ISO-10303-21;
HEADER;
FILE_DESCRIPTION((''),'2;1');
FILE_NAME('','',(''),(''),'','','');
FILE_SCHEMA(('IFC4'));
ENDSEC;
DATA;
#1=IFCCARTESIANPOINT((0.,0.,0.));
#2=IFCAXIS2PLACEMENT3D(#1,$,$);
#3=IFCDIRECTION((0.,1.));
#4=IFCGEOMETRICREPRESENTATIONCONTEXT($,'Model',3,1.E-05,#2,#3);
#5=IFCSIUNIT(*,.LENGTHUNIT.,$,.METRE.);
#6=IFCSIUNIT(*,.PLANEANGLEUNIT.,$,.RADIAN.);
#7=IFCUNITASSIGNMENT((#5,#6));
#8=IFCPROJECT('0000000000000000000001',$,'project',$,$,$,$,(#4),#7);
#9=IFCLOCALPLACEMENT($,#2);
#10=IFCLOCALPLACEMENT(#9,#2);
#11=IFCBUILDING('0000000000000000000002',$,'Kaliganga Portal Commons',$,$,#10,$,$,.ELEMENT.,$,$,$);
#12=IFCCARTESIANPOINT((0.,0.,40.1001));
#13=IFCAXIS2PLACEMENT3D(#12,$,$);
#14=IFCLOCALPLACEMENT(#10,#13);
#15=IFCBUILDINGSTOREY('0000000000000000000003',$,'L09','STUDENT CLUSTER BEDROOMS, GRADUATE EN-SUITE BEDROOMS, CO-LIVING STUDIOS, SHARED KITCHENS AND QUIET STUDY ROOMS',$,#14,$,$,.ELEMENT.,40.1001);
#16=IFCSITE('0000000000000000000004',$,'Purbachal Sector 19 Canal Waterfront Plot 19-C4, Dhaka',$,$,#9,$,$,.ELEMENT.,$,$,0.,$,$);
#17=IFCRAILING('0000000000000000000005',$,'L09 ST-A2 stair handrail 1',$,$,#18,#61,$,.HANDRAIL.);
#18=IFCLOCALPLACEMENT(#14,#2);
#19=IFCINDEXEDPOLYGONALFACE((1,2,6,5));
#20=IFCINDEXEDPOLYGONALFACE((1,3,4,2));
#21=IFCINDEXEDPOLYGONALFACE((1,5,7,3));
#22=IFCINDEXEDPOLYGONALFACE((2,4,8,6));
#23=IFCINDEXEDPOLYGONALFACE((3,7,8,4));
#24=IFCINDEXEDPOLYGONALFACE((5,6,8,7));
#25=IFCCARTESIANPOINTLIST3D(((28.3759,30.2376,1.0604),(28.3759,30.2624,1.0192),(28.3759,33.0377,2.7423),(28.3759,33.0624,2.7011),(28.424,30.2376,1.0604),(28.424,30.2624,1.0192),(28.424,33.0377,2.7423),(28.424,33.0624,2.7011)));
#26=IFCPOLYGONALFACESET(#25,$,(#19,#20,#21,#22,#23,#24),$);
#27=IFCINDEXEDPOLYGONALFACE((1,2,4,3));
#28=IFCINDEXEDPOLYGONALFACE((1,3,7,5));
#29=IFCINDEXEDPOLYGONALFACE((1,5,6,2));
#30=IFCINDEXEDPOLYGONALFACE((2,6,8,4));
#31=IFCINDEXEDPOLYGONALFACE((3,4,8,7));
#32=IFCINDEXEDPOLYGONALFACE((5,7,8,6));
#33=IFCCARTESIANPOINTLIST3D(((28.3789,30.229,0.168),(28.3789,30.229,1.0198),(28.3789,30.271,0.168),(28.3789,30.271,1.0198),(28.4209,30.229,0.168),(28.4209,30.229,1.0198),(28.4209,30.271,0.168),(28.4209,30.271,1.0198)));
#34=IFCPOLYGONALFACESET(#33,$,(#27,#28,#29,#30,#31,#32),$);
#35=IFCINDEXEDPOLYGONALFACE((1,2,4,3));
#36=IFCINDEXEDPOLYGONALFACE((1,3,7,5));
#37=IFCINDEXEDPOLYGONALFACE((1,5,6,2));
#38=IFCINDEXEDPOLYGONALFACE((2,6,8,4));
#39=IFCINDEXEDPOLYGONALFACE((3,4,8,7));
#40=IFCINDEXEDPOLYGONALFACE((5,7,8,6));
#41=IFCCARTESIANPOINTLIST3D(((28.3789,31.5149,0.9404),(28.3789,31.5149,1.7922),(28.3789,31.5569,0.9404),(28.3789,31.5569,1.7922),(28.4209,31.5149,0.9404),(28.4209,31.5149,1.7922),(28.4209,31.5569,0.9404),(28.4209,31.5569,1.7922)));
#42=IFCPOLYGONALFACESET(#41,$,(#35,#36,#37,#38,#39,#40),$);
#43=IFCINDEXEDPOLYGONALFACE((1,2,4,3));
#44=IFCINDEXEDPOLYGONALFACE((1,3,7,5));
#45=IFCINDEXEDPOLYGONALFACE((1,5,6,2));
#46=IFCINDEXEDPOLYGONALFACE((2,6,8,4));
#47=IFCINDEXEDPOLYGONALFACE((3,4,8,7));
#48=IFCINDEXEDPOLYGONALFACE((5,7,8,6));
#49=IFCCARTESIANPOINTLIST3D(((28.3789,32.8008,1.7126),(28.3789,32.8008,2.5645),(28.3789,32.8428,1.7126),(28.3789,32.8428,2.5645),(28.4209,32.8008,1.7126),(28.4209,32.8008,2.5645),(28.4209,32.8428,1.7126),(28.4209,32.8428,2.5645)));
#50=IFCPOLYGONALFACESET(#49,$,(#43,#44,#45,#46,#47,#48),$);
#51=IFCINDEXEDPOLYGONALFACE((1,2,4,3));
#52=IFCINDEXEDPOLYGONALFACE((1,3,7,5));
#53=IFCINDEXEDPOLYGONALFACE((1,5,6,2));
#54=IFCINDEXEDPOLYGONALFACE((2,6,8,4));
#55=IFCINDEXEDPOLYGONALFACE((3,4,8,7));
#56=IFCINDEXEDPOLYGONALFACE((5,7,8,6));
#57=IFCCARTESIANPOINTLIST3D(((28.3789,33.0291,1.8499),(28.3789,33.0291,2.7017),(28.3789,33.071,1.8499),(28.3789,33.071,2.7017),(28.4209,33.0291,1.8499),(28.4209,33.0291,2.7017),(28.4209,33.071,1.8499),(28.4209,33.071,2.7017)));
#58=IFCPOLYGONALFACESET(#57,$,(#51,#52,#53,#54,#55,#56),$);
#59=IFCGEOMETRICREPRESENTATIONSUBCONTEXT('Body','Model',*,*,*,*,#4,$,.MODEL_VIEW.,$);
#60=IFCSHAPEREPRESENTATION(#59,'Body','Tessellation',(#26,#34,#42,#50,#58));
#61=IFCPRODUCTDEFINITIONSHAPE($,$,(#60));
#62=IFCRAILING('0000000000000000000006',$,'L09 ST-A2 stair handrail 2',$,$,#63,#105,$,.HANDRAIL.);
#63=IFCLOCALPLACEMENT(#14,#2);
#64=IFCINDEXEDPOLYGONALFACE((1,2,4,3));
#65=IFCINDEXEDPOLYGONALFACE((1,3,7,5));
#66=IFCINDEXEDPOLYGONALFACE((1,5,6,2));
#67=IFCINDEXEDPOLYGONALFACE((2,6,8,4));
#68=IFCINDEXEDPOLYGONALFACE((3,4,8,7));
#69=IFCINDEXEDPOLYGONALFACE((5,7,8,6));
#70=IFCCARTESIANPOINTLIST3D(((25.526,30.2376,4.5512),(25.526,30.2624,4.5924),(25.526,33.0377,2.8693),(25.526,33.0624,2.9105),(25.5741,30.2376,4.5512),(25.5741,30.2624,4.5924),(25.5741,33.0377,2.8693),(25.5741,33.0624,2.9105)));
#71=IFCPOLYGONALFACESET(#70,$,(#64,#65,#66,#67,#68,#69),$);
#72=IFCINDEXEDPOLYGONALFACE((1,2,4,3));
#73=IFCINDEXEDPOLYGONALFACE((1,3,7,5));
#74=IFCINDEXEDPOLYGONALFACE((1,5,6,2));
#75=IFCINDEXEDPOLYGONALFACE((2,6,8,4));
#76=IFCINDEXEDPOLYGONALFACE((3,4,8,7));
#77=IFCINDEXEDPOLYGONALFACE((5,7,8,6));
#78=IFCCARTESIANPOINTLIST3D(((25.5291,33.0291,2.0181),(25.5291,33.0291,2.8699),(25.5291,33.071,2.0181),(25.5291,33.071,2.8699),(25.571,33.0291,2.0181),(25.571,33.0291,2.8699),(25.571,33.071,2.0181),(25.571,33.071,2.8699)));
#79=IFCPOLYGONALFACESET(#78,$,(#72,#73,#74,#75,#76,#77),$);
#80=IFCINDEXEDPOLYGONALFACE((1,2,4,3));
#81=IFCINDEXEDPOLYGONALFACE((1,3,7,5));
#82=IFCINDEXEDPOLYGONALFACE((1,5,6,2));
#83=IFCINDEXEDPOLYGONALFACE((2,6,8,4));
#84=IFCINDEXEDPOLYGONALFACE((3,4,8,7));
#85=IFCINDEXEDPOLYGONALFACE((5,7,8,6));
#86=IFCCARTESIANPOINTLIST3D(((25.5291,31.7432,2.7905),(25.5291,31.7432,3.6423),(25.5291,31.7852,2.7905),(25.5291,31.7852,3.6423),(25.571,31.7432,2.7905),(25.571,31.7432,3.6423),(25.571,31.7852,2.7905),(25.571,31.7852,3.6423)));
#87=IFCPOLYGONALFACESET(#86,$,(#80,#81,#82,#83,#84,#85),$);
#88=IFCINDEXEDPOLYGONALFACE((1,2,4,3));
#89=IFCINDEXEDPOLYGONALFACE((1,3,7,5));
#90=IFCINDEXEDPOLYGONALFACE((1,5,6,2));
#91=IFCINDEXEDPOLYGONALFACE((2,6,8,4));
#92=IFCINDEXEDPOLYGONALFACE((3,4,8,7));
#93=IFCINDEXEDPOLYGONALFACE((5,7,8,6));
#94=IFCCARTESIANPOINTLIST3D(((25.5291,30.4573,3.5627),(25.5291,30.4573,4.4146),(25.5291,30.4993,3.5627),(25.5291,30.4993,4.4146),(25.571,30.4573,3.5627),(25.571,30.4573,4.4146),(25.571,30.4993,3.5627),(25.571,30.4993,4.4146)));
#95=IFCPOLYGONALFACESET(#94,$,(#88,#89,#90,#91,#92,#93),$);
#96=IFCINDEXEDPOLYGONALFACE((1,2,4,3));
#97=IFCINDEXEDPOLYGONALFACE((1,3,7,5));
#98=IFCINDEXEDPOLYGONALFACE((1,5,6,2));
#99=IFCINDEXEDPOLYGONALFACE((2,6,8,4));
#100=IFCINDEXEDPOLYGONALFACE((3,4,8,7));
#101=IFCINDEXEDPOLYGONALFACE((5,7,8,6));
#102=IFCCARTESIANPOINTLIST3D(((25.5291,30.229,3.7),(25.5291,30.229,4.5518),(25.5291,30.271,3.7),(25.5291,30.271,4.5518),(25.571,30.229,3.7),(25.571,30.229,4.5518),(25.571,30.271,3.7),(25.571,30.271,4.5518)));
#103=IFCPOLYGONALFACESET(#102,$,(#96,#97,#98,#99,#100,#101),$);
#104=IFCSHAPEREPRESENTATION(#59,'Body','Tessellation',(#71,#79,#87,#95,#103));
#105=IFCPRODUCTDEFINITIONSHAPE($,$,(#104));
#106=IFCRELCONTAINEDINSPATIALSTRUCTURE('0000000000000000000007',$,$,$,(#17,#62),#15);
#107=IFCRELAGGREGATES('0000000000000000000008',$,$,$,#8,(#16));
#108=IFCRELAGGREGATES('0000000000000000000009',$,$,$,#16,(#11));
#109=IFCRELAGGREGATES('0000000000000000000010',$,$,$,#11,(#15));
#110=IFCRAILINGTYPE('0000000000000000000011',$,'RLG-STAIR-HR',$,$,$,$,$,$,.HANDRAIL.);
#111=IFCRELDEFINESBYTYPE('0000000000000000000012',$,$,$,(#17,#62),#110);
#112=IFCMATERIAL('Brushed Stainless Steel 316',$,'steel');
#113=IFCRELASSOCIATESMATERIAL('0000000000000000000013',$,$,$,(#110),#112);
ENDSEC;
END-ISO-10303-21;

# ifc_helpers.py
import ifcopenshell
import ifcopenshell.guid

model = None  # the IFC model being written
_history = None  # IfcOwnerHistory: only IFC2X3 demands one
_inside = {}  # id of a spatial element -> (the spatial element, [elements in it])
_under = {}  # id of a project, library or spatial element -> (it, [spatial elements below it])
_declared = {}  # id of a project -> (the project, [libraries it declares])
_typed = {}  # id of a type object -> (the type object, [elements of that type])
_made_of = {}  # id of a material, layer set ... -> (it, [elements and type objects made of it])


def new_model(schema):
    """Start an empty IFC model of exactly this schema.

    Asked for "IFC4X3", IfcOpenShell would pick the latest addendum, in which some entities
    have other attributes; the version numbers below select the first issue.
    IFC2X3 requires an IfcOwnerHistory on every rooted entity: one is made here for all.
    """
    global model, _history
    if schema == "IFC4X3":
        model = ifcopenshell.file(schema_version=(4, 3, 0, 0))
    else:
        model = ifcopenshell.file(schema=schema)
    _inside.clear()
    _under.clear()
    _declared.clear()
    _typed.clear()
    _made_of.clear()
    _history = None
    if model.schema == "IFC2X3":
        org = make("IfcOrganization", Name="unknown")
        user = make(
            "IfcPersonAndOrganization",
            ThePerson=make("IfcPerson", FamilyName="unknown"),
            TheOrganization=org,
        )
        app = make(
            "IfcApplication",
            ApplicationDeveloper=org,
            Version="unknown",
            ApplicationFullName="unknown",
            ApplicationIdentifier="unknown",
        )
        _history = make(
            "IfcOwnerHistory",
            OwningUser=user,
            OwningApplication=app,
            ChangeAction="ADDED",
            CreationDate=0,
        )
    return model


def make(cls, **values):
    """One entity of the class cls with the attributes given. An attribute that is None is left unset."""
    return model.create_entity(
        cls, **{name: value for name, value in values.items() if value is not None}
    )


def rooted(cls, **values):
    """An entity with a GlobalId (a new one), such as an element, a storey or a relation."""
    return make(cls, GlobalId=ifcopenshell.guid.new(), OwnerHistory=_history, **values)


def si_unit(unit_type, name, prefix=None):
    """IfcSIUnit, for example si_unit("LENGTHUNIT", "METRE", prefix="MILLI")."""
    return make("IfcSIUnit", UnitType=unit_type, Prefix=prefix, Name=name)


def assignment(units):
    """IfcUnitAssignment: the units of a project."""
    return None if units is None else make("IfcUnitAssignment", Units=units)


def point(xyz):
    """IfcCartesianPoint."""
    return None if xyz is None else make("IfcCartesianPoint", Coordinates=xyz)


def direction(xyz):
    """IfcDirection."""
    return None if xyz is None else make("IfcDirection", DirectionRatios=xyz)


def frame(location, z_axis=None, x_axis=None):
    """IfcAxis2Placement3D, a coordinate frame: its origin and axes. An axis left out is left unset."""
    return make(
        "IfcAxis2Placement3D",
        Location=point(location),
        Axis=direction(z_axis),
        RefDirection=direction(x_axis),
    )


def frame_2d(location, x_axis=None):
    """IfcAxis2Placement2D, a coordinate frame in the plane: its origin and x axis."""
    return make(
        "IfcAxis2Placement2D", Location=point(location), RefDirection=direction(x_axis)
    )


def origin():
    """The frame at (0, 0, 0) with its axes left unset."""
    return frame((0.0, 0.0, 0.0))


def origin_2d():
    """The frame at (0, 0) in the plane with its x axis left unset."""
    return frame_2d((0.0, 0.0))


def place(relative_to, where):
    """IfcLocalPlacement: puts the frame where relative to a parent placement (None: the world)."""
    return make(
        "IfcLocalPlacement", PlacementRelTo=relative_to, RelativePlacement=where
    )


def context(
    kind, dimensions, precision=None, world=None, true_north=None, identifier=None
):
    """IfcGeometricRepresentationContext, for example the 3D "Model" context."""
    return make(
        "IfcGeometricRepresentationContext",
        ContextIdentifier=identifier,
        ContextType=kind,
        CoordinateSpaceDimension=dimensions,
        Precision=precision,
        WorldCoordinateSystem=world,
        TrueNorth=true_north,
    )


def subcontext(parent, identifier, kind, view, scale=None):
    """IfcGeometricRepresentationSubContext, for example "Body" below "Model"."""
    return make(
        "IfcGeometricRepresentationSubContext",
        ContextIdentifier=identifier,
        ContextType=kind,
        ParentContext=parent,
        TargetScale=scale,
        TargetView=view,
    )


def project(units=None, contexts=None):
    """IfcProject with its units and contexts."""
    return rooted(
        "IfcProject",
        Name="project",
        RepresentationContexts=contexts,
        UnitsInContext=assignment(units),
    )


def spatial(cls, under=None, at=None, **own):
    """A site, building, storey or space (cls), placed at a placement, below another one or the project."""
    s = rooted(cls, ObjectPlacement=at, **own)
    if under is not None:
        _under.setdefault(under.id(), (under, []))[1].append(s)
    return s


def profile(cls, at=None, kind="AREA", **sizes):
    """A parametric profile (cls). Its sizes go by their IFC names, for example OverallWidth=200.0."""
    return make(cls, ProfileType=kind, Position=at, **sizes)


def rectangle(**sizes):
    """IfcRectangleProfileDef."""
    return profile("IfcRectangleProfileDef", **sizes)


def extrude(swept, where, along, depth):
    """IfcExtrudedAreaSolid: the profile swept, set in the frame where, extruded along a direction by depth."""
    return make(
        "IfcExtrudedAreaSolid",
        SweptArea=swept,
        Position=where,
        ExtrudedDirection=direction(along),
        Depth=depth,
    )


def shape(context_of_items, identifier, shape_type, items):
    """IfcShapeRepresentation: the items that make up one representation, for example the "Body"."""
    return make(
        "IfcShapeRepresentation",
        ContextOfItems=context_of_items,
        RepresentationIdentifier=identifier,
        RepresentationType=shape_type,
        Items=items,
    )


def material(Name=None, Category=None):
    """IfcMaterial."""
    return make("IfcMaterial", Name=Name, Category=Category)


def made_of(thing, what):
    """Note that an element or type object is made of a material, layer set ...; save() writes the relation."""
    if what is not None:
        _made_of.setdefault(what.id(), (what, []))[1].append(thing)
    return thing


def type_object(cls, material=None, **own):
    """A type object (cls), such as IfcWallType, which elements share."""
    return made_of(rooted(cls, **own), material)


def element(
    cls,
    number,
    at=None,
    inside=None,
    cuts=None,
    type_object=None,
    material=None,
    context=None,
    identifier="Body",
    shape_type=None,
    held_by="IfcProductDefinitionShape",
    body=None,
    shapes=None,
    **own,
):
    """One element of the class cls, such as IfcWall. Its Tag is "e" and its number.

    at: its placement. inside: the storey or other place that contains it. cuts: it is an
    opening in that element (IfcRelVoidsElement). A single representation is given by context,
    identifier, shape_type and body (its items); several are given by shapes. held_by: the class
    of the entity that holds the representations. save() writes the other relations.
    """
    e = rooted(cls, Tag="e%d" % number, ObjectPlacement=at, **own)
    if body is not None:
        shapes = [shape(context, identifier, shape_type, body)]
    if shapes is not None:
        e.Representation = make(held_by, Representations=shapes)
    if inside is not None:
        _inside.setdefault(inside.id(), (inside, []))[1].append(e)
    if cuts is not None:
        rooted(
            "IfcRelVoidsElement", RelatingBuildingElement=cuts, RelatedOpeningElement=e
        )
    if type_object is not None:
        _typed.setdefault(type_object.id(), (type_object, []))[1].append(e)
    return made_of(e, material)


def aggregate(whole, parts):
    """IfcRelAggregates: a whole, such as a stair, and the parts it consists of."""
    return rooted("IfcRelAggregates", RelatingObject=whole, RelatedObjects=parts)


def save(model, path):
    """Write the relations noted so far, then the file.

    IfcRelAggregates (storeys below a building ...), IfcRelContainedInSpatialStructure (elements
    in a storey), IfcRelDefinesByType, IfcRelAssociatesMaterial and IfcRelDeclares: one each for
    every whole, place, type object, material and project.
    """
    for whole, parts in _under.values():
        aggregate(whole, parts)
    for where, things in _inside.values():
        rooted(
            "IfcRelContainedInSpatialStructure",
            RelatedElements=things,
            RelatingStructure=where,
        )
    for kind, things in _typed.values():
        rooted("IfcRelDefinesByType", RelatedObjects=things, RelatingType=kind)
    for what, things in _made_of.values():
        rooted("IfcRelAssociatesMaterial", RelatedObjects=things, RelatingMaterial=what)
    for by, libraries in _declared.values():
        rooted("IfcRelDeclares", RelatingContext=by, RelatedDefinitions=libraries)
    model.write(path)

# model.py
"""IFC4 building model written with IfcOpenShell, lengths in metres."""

from ifc_helpers import new_model, si_unit, direction, frame, origin, origin_2d, place, context, subcontext, project, spatial, rectangle, extrude, material, type_object, element, save


model = new_model("IFC4")

# Units and contexts
model_context = context("Model", 3, precision=1e-05, world=origin(), true_north=direction((0.0, 1.0)))
body_context = subcontext(model_context, "Body", "Model", "MODEL_VIEW")
ifc_project = project(units=[si_unit("LENGTHUNIT", "METRE"), si_unit("PLANEANGLEUNIT", "RADIAN")], contexts=[model_context])

# Site, building, storey
site_placement = place(None, origin())
site = spatial("IfcSite", under=ifc_project, at=site_placement, Name="Purbachal Sector 19 Canal Waterfront Plot 19-C4, Dhaka", CompositionType="ELEMENT", RefElevation=0.0)
building_placement = place(site_placement, origin())
building = spatial("IfcBuilding", under=site, at=building_placement, Name="Kaliganga Portal Commons", CompositionType="ELEMENT")
storey_placement = place(building_placement, frame((0.0, 0.0, 40.1001)))
storey = spatial("IfcBuildingStorey", under=building, at=storey_placement, Name="L09", Description="STUDENT CLUSTER BEDROOMS, GRADUATE EN-SUITE BEDROOMS, CO-LIVING STUDIOS, SHARED KITCHENS AND QUIET STUDY ROOMS", CompositionType="ELEMENT", Elevation=40.1001)

# Railings
ifc_material_1 = material(Name="Brushed Stainless Steel 316", Category="steel")
railing_type_1 = type_object("IfcRailingType", Name="RLG-STAIR-HR", PredefinedType="HANDRAIL", material=ifc_material_1)
railing_1_placement = place(storey_placement, frame((28.3999, 30.25, 0.168)))
element("IfcRailing", 1, at=railing_1_placement, inside=storey, type_object=railing_type_1, Name="L09 ST-A2 stair handrail 1", PredefinedType="HANDRAIL", context=body_context, shape_type="SweptSolid", body=[
    extrude(rectangle(XDim=0.0481, YDim=0.0481, at=origin_2d()), frame((0.0, 0.0, 0.8718), z_axis=(0.0, 0.857242, 0.514913), x_axis=(-1.0, 0.0, 0.0)), (0.0, 0.0, 1.0), 3.2664),
    extrude(rectangle(XDim=0.042, YDim=0.042, at=origin_2d()), origin(), (0.0, 0.0, 1.0), 0.8518),
    extrude(rectangle(XDim=0.042, YDim=0.042, at=origin_2d()), frame((0.0, 1.2859, 0.7725)), (0.0, 0.0, 1.0), 0.8518),
    extrude(rectangle(XDim=0.042, YDim=0.042, at=origin_2d()), frame((0.0, 2.5718, 1.5447)), (0.0, 0.0, 1.0), 0.8518),
    extrude(rectangle(XDim=0.042, YDim=0.042, at=origin_2d()), frame((0.0, 2.8, 1.6819)), (0.0, 0.0, 1.0), 0.8518),
])
railing_2_placement = place(storey_placement, frame((25.55, 33.05, 2.0181)))
element("IfcRailing", 2, at=railing_2_placement, inside=storey, type_object=railing_type_1, Name="L09 ST-A2 stair handrail 2", PredefinedType="HANDRAIL", context=body_context, shape_type="SweptSolid", body=[
    extrude(rectangle(XDim=0.0481, YDim=0.0481, at=origin_2d()), frame((0.0, 0.0, 0.8718), z_axis=(0.0, -0.857242, 0.514913), x_axis=(1.0, 0.0, 0.0)), (0.0, 0.0, 1.0), 3.2664),
    extrude(rectangle(XDim=0.042, YDim=0.042, at=origin_2d()), origin(), (0.0, 0.0, 1.0), 0.8518),
    extrude(rectangle(XDim=0.042, YDim=0.042, at=origin_2d()), frame((0.0, -1.2859, 0.7725)), (0.0, 0.0, 1.0), 0.8518),
    extrude(rectangle(XDim=0.042, YDim=0.042, at=origin_2d()), frame((0.0, -2.5718, 1.5447)), (0.0, 0.0, 1.0), 0.8518),
    extrude(rectangle(XDim=0.042, YDim=0.042, at=origin_2d()), frame((0.0, -2.8, 1.6819)), (0.0, 0.0, 1.0), 0.8518),
])

save(model, "model.ifc")
